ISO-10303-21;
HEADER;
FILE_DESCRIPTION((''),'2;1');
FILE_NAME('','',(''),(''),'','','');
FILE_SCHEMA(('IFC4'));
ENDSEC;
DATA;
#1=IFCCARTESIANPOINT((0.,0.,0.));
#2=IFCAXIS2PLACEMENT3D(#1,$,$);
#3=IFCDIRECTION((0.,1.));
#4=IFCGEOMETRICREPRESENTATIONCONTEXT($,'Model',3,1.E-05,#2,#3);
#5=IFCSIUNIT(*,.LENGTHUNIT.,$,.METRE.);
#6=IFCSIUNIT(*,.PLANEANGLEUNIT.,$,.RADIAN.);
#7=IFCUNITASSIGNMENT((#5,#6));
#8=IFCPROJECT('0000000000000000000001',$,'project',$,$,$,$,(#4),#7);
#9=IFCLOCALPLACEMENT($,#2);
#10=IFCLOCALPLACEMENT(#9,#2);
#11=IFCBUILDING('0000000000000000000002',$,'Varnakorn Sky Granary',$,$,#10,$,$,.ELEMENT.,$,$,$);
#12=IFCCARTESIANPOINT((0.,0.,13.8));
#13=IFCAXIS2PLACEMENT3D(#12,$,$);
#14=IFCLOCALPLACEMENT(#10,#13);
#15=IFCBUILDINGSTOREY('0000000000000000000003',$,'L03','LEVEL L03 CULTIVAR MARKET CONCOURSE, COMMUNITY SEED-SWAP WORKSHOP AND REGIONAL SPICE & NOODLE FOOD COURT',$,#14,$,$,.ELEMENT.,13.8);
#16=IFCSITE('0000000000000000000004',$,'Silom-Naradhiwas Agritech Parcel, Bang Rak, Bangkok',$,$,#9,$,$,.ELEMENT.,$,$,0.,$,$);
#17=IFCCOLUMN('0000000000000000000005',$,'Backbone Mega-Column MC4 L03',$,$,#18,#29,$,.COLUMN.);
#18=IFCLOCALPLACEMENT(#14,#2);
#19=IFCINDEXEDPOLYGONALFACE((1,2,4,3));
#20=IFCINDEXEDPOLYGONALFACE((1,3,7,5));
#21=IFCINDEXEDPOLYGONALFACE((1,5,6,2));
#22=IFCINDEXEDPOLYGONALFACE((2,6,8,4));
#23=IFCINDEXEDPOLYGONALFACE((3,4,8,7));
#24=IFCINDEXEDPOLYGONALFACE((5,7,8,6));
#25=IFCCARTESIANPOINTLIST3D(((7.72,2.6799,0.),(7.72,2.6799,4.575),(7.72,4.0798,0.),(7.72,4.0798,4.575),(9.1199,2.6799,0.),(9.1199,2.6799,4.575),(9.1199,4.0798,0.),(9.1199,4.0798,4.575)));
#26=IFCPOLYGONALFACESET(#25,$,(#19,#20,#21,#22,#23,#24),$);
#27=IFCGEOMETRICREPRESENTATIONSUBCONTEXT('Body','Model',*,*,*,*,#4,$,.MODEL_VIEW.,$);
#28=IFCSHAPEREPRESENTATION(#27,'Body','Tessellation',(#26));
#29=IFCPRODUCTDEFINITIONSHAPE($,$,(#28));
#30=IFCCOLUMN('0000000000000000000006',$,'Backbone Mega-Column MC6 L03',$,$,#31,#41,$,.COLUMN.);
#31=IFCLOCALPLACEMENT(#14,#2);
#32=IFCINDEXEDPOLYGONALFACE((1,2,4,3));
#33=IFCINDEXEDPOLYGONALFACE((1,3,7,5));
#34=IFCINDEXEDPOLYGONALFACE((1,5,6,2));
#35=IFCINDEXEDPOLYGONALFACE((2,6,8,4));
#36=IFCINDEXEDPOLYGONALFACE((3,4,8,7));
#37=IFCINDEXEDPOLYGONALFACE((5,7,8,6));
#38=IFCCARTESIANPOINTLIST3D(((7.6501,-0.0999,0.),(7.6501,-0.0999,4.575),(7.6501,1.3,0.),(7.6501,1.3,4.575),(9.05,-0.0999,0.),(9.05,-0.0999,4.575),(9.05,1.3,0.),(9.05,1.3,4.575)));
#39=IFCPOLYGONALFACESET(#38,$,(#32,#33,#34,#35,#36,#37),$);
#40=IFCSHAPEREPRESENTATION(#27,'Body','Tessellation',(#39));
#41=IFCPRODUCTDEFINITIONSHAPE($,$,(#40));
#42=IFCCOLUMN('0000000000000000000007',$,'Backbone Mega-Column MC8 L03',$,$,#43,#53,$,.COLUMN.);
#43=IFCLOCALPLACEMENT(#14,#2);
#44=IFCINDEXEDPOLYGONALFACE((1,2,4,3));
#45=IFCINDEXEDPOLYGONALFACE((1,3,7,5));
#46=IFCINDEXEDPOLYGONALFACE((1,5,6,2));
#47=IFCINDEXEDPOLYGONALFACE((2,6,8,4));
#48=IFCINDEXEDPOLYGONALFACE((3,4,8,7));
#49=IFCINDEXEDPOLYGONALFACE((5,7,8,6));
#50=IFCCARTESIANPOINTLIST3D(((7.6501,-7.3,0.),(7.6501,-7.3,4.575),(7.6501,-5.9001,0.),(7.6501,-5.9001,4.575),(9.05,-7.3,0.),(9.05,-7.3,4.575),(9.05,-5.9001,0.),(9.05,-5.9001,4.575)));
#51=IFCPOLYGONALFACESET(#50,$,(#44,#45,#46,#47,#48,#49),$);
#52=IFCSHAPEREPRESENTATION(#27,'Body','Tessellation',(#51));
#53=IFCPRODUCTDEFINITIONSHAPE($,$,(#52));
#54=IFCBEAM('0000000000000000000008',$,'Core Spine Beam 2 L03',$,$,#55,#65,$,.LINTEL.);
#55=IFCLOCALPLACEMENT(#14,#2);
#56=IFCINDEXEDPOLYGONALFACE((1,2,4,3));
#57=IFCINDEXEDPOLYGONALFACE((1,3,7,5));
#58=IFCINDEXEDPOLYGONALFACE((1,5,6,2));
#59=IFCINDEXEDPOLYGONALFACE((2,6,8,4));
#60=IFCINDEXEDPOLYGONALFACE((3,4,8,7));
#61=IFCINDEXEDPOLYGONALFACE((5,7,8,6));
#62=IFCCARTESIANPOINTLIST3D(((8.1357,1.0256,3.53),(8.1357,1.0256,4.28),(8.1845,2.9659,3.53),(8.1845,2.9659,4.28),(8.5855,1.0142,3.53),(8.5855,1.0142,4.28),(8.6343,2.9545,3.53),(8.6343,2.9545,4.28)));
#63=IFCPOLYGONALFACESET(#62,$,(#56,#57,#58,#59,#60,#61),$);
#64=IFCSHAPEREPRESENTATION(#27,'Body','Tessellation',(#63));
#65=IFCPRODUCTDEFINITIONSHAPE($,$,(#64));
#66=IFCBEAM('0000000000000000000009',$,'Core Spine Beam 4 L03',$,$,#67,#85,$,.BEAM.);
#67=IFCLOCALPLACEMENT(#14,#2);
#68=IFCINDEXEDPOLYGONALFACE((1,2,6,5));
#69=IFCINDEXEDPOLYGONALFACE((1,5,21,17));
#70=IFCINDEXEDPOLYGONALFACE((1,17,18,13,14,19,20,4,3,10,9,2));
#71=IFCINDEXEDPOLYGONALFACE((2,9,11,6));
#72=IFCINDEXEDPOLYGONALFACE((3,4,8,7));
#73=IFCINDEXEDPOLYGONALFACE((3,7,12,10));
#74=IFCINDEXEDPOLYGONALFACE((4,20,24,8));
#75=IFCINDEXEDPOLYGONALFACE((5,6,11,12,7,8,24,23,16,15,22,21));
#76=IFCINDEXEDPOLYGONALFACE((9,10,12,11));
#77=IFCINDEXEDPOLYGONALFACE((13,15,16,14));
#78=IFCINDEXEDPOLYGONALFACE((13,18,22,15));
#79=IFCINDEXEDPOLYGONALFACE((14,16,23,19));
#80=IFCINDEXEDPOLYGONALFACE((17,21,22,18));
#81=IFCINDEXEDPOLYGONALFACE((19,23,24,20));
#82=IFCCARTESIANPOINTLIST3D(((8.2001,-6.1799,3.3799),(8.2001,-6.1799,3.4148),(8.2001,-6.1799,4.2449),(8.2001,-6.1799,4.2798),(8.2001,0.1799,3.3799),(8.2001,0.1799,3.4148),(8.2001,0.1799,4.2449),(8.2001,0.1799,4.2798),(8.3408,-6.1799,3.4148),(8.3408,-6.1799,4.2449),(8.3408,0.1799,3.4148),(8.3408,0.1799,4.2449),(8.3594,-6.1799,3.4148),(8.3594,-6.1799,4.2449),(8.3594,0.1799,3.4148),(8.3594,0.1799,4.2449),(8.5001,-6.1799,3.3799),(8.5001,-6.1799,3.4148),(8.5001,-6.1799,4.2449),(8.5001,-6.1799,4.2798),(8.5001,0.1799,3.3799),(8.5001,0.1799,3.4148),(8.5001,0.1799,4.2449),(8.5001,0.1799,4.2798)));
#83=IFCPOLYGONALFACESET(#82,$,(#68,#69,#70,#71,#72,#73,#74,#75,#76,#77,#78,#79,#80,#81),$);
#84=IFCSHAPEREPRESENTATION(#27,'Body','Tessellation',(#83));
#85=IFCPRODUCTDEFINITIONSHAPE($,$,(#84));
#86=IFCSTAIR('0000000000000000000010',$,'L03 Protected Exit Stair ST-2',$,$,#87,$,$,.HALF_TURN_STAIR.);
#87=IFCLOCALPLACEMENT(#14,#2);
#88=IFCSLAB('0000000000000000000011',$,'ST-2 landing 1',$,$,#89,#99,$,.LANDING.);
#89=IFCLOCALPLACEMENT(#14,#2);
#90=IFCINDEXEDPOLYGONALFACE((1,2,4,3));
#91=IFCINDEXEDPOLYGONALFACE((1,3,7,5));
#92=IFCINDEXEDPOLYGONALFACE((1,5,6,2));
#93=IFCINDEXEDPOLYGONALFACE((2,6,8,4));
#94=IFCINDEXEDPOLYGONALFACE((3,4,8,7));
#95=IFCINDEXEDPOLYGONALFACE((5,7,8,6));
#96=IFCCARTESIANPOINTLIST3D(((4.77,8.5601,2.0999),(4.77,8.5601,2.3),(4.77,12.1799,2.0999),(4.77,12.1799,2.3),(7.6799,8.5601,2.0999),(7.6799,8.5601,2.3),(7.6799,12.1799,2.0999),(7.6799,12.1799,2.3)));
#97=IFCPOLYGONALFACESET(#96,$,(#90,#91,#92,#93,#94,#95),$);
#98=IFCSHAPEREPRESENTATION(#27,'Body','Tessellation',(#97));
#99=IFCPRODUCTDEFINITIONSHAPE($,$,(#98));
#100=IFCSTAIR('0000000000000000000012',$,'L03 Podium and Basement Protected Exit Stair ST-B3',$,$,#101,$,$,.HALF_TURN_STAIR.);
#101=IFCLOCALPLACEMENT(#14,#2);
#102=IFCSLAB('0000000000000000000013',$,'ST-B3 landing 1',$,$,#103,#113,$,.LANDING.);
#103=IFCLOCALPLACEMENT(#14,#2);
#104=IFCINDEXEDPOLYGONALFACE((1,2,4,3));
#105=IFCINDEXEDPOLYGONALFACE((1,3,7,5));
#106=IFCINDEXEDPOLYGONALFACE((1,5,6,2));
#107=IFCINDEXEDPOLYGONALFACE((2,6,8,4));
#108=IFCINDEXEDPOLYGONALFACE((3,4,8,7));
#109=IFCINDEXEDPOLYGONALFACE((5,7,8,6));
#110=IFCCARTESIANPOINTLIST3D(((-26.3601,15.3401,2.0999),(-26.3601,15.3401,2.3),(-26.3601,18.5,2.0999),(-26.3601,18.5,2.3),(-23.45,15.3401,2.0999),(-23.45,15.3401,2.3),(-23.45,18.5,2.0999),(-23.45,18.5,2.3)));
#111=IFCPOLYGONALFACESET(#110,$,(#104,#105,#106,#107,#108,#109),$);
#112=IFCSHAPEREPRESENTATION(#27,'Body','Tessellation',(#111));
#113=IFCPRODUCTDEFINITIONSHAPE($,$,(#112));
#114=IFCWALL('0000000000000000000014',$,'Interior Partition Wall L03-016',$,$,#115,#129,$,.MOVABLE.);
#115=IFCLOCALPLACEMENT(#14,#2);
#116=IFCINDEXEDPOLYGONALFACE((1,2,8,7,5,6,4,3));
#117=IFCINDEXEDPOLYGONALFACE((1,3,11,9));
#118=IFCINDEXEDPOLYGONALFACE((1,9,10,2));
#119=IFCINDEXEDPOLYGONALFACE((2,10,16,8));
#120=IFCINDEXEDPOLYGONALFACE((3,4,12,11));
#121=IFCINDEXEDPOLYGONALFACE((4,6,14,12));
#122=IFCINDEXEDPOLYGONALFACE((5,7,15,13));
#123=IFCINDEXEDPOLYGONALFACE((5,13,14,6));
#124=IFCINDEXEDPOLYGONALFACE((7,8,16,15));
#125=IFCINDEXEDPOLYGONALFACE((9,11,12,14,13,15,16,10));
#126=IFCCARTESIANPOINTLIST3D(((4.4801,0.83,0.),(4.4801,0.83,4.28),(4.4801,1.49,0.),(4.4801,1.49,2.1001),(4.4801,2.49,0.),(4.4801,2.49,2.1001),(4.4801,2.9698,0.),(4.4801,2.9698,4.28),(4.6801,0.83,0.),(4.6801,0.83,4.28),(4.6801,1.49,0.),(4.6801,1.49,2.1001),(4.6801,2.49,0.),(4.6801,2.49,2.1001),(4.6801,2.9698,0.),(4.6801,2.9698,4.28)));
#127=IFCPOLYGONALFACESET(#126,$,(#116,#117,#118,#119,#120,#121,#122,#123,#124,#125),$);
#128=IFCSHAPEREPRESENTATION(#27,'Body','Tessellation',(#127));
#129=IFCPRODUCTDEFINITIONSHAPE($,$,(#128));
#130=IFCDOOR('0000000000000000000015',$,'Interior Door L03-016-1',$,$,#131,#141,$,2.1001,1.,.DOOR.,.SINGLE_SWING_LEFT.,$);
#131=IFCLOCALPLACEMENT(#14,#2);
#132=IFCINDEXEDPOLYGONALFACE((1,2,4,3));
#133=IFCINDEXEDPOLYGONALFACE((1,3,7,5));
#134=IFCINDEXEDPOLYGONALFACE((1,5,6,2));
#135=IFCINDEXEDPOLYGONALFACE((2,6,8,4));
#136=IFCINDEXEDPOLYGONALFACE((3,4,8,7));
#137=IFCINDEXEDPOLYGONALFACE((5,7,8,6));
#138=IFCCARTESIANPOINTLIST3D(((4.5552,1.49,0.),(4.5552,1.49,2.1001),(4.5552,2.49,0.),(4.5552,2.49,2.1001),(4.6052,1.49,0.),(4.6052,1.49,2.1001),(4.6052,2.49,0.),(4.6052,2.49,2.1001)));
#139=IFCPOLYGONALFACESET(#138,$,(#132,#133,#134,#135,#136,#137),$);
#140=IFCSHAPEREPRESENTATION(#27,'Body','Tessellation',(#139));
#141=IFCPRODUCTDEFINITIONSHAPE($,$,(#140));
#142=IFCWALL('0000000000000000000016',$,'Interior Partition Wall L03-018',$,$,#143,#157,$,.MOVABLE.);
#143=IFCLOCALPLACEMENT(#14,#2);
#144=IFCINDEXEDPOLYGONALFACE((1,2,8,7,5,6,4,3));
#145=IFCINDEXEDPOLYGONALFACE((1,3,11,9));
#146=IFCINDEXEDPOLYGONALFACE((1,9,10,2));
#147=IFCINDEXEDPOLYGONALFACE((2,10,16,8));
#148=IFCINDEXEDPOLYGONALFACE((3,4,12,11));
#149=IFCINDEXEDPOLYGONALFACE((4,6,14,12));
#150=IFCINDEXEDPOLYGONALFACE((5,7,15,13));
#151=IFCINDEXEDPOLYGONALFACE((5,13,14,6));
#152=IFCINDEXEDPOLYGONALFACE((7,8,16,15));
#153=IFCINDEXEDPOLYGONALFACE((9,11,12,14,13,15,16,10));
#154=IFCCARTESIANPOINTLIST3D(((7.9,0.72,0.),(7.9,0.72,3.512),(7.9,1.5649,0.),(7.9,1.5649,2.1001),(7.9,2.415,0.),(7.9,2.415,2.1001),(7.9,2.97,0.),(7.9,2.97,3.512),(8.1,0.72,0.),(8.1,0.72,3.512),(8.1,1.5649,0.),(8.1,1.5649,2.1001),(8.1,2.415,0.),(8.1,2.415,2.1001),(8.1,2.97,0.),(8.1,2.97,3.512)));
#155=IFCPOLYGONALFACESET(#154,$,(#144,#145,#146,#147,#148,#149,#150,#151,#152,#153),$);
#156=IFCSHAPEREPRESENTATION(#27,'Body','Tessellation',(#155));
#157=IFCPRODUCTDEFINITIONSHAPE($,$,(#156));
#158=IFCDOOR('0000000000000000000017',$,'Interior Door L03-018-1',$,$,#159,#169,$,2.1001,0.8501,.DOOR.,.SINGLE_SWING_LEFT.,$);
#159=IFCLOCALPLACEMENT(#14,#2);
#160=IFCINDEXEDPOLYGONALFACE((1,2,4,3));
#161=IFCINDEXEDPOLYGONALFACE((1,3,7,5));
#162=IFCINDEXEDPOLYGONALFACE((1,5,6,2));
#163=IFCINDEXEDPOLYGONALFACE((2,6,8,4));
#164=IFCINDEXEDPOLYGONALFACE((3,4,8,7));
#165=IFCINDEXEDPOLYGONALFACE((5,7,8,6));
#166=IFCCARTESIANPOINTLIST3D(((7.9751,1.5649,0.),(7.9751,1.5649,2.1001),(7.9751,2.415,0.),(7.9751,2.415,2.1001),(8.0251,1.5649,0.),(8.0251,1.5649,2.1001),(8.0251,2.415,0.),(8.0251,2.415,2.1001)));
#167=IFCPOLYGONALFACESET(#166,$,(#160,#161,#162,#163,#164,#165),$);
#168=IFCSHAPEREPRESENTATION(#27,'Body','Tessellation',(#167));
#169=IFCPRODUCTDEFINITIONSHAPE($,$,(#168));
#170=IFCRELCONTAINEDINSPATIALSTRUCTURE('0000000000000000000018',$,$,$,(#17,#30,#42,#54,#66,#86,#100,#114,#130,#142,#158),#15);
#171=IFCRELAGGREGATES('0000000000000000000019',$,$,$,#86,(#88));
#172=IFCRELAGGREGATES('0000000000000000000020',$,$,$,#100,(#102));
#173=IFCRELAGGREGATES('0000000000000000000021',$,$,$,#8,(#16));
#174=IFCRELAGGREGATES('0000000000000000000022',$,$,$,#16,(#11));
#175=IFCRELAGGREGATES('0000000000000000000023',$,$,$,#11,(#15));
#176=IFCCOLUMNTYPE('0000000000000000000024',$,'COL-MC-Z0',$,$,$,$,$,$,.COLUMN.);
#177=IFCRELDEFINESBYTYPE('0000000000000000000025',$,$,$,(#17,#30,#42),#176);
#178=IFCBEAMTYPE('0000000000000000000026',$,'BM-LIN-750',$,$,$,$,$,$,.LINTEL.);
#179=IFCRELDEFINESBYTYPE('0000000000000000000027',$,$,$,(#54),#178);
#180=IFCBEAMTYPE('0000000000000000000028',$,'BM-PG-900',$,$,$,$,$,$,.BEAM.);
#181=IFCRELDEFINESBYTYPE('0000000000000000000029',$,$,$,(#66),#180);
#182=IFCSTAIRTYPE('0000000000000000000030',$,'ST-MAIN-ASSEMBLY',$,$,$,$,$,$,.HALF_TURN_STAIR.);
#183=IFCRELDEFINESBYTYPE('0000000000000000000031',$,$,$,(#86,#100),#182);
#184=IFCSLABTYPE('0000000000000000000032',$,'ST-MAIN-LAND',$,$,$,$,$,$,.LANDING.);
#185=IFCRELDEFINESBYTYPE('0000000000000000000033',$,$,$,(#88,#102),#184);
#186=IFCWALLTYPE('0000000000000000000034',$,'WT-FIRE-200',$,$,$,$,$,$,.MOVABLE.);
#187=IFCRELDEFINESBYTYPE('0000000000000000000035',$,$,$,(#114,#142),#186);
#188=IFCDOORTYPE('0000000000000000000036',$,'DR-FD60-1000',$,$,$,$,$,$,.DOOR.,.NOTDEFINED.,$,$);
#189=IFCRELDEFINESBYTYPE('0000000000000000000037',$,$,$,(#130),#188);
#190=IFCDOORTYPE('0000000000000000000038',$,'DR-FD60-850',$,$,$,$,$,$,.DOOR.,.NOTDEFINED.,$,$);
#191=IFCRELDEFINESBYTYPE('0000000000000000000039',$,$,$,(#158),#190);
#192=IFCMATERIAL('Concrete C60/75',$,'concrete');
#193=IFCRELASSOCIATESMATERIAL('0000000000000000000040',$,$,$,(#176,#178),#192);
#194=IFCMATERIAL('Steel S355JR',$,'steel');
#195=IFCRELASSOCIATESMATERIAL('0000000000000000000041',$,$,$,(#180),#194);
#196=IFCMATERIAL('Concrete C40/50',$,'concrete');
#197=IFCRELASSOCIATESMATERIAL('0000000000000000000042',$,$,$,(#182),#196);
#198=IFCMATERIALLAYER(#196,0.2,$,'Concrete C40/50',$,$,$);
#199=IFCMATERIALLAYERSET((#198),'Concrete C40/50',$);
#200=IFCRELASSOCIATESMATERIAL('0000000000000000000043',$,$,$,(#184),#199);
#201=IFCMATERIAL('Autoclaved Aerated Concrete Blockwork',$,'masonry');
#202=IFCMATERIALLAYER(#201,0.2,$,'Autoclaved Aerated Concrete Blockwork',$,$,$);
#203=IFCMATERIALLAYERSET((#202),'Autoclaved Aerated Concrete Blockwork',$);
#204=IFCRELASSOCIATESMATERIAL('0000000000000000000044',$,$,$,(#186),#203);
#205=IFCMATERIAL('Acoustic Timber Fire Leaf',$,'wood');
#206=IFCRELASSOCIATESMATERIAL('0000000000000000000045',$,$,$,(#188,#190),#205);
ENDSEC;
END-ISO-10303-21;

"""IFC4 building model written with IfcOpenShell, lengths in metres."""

from ifc_helpers import new_model, si_unit, direction, frame, frame_2d, origin, origin_2d, place, context, subcontext, project, spatial, polyline, rectangle, i_section, outline, extrude, material, layer, layer_set, material_profile, profile_set, type_object, element, fill, aggregate, save


model = new_model("IFC4")

# Units and contexts
model_context = context("Model", 3, precision=1e-05, world=origin(), true_north=direction((0.0, 1.0)))
body_context = subcontext(model_context, "Body", "Model", "MODEL_VIEW")
ifc_project = project(units=[si_unit("LENGTHUNIT", "METRE"), si_unit("PLANEANGLEUNIT", "RADIAN")], contexts=[model_context])

# Site, building, storey
site_placement = place(None, origin())
site = spatial("IfcSite", under=ifc_project, at=site_placement, Name="Silom-Naradhiwas Agritech Parcel, Bang Rak, Bangkok", CompositionType="ELEMENT", RefElevation=0.0)
building_placement = place(site_placement, origin())
building = spatial("IfcBuilding", under=site, at=building_placement, Name="Varnakorn Sky Granary", CompositionType="ELEMENT")
storey_placement = place(building_placement, frame((0.0, 0.0, 13.8)))
storey = spatial("IfcBuildingStorey", under=building, at=storey_placement, Name="L03", Description="LEVEL L03 CULTIVAR MARKET CONCOURSE, COMMUNITY SEED-SWAP WORKSHOP AND REGIONAL SPICE & NOODLE FOOD COURT", CompositionType="ELEMENT", Elevation=13.8)

# Columns
ifc_material_1 = material(Name="Concrete C60/75", Category="concrete")
ifc_material_profile_1 = material_profile(ifc_material_1, rectangle(XDim=1.3999, YDim=1.3999, at=origin_2d()), Name="RC 1400x1400")
ifc_profile_set_1 = profile_set([ifc_material_profile_1], Name="Concrete C60/75")
column_type = type_object("IfcColumnType", Name="COL-MC-Z0", PredefinedType="COLUMN", material=ifc_profile_set_1)
for number, where, z_axis, x_axis, name in (
    (1, (8.4199, 3.3799, 0.0), (0.0, 0.0, 1.0), (1.0, 0.0, 0.0), "Backbone Mega-Column MC4 L03"),
    (2, (8.3501, 0.6001, 0.0), (0.0, 0.0, 1.0), (1.0, 0.0, 0.0), "Backbone Mega-Column MC6 L03"),
    (3, (8.3501, -6.6001, 0.0), (0.0, 0.0, 1.0), (1.0, 0.0, 0.0), "Backbone Mega-Column MC8 L03"),
):
    element("IfcColumn", number, at=place(storey_placement, frame(where, z_axis=z_axis, x_axis=x_axis)), inside=storey, type_object=column_type, Name=name, PredefinedType="COLUMN", context=body_context, shape_type="SweptSolid", body=[
        extrude(rectangle(XDim=1.3999, YDim=1.3999, at=origin_2d()), origin(), (0.0, 0.0, 1.0), 4.575),
    ])

# Beams
ifc_material_profile_2 = material_profile(ifc_material_1, rectangle(XDim=0.45, YDim=0.75, at=origin_2d()), Name="RC 450x750")
ifc_profile_set_2 = profile_set([ifc_material_profile_2], Name="Concrete C60/75")
beam_type_1 = type_object("IfcBeamType", Name="BM-LIN-750", PredefinedType="LINTEL", material=ifc_profile_set_2)
beam_1_placement = place(storey_placement, frame((8.4094, 2.9602, 3.905), z_axis=(-0.025159, -0.999683, 0.0), x_axis=(0.999683, -0.025159, 0.0)))
element("IfcBeam", 4, at=beam_1_placement, inside=storey, type_object=beam_type_1, Name="Core Spine Beam 2 L03", PredefinedType="LINTEL", context=body_context, shape_type="SweptSolid", body=[
    extrude(rectangle(XDim=0.45, YDim=0.75, at=origin_2d()), origin(), (0.0, 0.0, 1.0), 1.9409),
])
ifc_material_2 = material(Name="Steel S355JR", Category="steel")
ifc_material_profile_3 = material_profile(ifc_material_2, i_section(OverallWidth=0.3, OverallDepth=0.8999, WebThickness=0.0186, FlangeThickness=0.0349, at=origin_2d()), Name="HE 900 B")
ifc_profile_set_3 = profile_set([ifc_material_profile_3], Name="Steel S355JR")
beam_type_2 = type_object("IfcBeamType", Name="BM-PG-900", PredefinedType="BEAM", material=ifc_profile_set_3)
beam_2_placement = place(storey_placement, frame((8.3501, 0.1799, 3.8298), z_axis=(0.0, -1.0, 0.0), x_axis=(1.0, 0.0, 0.0)))
element("IfcBeam", 5, at=beam_2_placement, inside=storey, type_object=beam_type_2, Name="Core Spine Beam 4 L03", PredefinedType="BEAM", context=body_context, shape_type="SweptSolid", body=[
    extrude(i_section(OverallWidth=0.3, OverallDepth=0.8999, WebThickness=0.0186, FlangeThickness=0.0349, at=origin_2d()), origin(), (0.0, 0.0, 1.0), 6.3599),
])

# Stairs, slabs
ifc_material_3 = material(Name="Concrete C40/50", Category="concrete")
stair_type = type_object("IfcStairType", Name="ST-MAIN-ASSEMBLY", PredefinedType="HALF_TURN_STAIR", material=ifc_material_3)
stair_1_placement = place(storey_placement, origin())
stair_1 = element("IfcStair", 6, at=stair_1_placement, inside=storey, type_object=stair_type, Name="L03 Protected Exit Stair ST-2", PredefinedType="HALF_TURN_STAIR")
ifc_layer_1 = layer(ifc_material_3, 0.2, Name="Concrete C40/50")
ifc_layer_set_1 = layer_set([ifc_layer_1], Name="Concrete C40/50")
slab_type = type_object("IfcSlabType", Name="ST-MAIN-LAND", PredefinedType="LANDING", material=ifc_layer_set_1)
slab_1_placement = place(storey_placement, frame((0.0, 0.0, 2.0999)))
slab_1 = element("IfcSlab", 7, at=slab_1_placement, type_object=slab_type, Name="ST-2 landing 1", PredefinedType="LANDING", context=body_context, shape_type="SweptSolid", body=[
    extrude(outline(polyline([(7.6799, 8.5601), (7.6799, 12.1799), (4.77, 12.1799), (4.77, 8.5601), (7.6799, 8.5601)])), origin(), (0.0, 0.0, 1.0), 0.2002),
])
aggregate(stair_1, [slab_1])
stair_2_placement = place(storey_placement, origin())
stair_2 = element("IfcStair", 8, at=stair_2_placement, inside=storey, type_object=stair_type, Name="L03 Podium and Basement Protected Exit Stair ST-B3", PredefinedType="HALF_TURN_STAIR")
slab_2_placement = place(storey_placement, frame((0.0, 0.0, 2.0999)))
slab_2 = element("IfcSlab", 9, at=slab_2_placement, type_object=slab_type, Name="ST-B3 landing 1", PredefinedType="LANDING", context=body_context, shape_type="SweptSolid", body=[
    extrude(outline(polyline([(-23.45, 15.3401), (-23.45, 18.5), (-26.3601, 18.5), (-26.3601, 15.3401), (-23.45, 15.3401)])), origin(), (0.0, 0.0, 1.0), 0.2002),
])
aggregate(stair_2, [slab_2])

# Walls, openings, doors
ifc_material_4 = material(Name="Autoclaved Aerated Concrete Blockwork", Category="masonry")
ifc_layer_2 = layer(ifc_material_4, 0.2, Name="Autoclaved Aerated Concrete Blockwork")
ifc_layer_set_2 = layer_set([ifc_layer_2], Name="Autoclaved Aerated Concrete Blockwork")
wall_type_1 = type_object("IfcWallType", Name="WT-FIRE-200", PredefinedType="MOVABLE", material=ifc_layer_set_2)
wall_1_placement = place(storey_placement, frame((4.5801, 0.8301, 0.0), z_axis=(0.0, 0.0, 1.0), x_axis=(0.0, 1.0, 0.0)))
wall_1 = element("IfcWall", 10, at=wall_1_placement, inside=storey, type_object=wall_type_1, Name="Interior Partition Wall L03-016", PredefinedType="MOVABLE", context=body_context, shape_type="SweptSolid", body=[
    extrude(rectangle(XDim=2.1399, YDim=0.2, at=frame_2d((1.0698, 0.0))), origin(), (0.0, 0.0, 1.0), 4.28),
])
opening_1_placement = place(wall_1_placement, frame((0.6599, 0.0, 0.0)))
opening_1 = element("IfcOpeningElement", 11, at=opening_1_placement, cuts=wall_1, PredefinedType="OPENING", context=body_context, shape_type="SweptSolid", body=[
    extrude(rectangle(XDim=1.0, YDim=2.1001, at=frame_2d((0.5, 1.05))), frame((0.0, 0.1099, 0.0), z_axis=(0.0, -1.0, 0.0), x_axis=(1.0, 0.0, 0.0)), (0.0, 0.0, 1.0), 0.22),
])
ifc_material_5 = material(Name="Acoustic Timber Fire Leaf", Category="wood")
door_type_1 = type_object("IfcDoorType", Name="DR-FD60-1000", OperationType="NOTDEFINED", PredefinedType="DOOR", material=ifc_material_5)
door_1_placement = place(opening_1_placement, origin())
door_1 = element("IfcDoor", 12, at=door_1_placement, inside=storey, type_object=door_type_1, Name="Interior Door L03-016-1", OperationType="SINGLE_SWING_LEFT", OverallHeight=2.1001, OverallWidth=1.0, PredefinedType="DOOR", context=body_context, shape_type="SweptSolid", body=[
    extrude(rectangle(XDim=1.0, YDim=2.1001, at=frame_2d((0.5, 1.05))), frame((0.0, 0.0249, 0.0), z_axis=(0.0, -1.0, 0.0), x_axis=(1.0, 0.0, 0.0)), (0.0, 0.0, 1.0), 0.05),
])
fill(opening_1, door_1)
wall_2_placement = place(storey_placement, frame((8.0, 0.72, 0.0), z_axis=(0.0, 0.0, 1.0), x_axis=(0.0, 1.0, 0.0)))
wall_2 = element("IfcWall", 13, at=wall_2_placement, inside=storey, type_object=wall_type_1, Name="Interior Partition Wall L03-018", PredefinedType="MOVABLE", context=body_context, shape_type="SweptSolid", body=[
    extrude(rectangle(XDim=2.25, YDim=0.2, at=frame_2d((1.125, 0.0))), origin(), (0.0, 0.0, 1.0), 3.512),
])
opening_2_placement = place(wall_2_placement, frame((0.845, 0.0, 0.0)))
opening_2 = element("IfcOpeningElement", 14, at=opening_2_placement, cuts=wall_2, PredefinedType="OPENING", context=body_context, shape_type="SweptSolid", body=[
    extrude(rectangle(XDim=0.8501, YDim=2.1001, at=frame_2d((0.425, 1.05))), frame((0.0, 0.1099, 0.0), z_axis=(0.0, -1.0, 0.0), x_axis=(1.0, 0.0, 0.0)), (0.0, 0.0, 1.0), 0.22),
])
door_type_2 = type_object("IfcDoorType", Name="DR-FD60-850", OperationType="NOTDEFINED", PredefinedType="DOOR", material=ifc_material_5)
door_2_placement = place(opening_2_placement, origin())
door_2 = element("IfcDoor", 15, at=door_2_placement, inside=storey, type_object=door_type_2, Name="Interior Door L03-018-1", OperationType="SINGLE_SWING_LEFT", OverallHeight=2.1001, OverallWidth=0.8501, PredefinedType="DOOR", context=body_context, shape_type="SweptSolid", body=[
    extrude(rectangle(XDim=0.8501, YDim=2.1001, at=frame_2d((0.425, 1.05))), frame((0.0, 0.0249, 0.0), z_axis=(0.0, -1.0, 0.0), x_axis=(1.0, 0.0, 0.0)), (0.0, 0.0, 1.0), 0.05),
])
fill(opening_2, door_2)

save(model, "model.ifc")
